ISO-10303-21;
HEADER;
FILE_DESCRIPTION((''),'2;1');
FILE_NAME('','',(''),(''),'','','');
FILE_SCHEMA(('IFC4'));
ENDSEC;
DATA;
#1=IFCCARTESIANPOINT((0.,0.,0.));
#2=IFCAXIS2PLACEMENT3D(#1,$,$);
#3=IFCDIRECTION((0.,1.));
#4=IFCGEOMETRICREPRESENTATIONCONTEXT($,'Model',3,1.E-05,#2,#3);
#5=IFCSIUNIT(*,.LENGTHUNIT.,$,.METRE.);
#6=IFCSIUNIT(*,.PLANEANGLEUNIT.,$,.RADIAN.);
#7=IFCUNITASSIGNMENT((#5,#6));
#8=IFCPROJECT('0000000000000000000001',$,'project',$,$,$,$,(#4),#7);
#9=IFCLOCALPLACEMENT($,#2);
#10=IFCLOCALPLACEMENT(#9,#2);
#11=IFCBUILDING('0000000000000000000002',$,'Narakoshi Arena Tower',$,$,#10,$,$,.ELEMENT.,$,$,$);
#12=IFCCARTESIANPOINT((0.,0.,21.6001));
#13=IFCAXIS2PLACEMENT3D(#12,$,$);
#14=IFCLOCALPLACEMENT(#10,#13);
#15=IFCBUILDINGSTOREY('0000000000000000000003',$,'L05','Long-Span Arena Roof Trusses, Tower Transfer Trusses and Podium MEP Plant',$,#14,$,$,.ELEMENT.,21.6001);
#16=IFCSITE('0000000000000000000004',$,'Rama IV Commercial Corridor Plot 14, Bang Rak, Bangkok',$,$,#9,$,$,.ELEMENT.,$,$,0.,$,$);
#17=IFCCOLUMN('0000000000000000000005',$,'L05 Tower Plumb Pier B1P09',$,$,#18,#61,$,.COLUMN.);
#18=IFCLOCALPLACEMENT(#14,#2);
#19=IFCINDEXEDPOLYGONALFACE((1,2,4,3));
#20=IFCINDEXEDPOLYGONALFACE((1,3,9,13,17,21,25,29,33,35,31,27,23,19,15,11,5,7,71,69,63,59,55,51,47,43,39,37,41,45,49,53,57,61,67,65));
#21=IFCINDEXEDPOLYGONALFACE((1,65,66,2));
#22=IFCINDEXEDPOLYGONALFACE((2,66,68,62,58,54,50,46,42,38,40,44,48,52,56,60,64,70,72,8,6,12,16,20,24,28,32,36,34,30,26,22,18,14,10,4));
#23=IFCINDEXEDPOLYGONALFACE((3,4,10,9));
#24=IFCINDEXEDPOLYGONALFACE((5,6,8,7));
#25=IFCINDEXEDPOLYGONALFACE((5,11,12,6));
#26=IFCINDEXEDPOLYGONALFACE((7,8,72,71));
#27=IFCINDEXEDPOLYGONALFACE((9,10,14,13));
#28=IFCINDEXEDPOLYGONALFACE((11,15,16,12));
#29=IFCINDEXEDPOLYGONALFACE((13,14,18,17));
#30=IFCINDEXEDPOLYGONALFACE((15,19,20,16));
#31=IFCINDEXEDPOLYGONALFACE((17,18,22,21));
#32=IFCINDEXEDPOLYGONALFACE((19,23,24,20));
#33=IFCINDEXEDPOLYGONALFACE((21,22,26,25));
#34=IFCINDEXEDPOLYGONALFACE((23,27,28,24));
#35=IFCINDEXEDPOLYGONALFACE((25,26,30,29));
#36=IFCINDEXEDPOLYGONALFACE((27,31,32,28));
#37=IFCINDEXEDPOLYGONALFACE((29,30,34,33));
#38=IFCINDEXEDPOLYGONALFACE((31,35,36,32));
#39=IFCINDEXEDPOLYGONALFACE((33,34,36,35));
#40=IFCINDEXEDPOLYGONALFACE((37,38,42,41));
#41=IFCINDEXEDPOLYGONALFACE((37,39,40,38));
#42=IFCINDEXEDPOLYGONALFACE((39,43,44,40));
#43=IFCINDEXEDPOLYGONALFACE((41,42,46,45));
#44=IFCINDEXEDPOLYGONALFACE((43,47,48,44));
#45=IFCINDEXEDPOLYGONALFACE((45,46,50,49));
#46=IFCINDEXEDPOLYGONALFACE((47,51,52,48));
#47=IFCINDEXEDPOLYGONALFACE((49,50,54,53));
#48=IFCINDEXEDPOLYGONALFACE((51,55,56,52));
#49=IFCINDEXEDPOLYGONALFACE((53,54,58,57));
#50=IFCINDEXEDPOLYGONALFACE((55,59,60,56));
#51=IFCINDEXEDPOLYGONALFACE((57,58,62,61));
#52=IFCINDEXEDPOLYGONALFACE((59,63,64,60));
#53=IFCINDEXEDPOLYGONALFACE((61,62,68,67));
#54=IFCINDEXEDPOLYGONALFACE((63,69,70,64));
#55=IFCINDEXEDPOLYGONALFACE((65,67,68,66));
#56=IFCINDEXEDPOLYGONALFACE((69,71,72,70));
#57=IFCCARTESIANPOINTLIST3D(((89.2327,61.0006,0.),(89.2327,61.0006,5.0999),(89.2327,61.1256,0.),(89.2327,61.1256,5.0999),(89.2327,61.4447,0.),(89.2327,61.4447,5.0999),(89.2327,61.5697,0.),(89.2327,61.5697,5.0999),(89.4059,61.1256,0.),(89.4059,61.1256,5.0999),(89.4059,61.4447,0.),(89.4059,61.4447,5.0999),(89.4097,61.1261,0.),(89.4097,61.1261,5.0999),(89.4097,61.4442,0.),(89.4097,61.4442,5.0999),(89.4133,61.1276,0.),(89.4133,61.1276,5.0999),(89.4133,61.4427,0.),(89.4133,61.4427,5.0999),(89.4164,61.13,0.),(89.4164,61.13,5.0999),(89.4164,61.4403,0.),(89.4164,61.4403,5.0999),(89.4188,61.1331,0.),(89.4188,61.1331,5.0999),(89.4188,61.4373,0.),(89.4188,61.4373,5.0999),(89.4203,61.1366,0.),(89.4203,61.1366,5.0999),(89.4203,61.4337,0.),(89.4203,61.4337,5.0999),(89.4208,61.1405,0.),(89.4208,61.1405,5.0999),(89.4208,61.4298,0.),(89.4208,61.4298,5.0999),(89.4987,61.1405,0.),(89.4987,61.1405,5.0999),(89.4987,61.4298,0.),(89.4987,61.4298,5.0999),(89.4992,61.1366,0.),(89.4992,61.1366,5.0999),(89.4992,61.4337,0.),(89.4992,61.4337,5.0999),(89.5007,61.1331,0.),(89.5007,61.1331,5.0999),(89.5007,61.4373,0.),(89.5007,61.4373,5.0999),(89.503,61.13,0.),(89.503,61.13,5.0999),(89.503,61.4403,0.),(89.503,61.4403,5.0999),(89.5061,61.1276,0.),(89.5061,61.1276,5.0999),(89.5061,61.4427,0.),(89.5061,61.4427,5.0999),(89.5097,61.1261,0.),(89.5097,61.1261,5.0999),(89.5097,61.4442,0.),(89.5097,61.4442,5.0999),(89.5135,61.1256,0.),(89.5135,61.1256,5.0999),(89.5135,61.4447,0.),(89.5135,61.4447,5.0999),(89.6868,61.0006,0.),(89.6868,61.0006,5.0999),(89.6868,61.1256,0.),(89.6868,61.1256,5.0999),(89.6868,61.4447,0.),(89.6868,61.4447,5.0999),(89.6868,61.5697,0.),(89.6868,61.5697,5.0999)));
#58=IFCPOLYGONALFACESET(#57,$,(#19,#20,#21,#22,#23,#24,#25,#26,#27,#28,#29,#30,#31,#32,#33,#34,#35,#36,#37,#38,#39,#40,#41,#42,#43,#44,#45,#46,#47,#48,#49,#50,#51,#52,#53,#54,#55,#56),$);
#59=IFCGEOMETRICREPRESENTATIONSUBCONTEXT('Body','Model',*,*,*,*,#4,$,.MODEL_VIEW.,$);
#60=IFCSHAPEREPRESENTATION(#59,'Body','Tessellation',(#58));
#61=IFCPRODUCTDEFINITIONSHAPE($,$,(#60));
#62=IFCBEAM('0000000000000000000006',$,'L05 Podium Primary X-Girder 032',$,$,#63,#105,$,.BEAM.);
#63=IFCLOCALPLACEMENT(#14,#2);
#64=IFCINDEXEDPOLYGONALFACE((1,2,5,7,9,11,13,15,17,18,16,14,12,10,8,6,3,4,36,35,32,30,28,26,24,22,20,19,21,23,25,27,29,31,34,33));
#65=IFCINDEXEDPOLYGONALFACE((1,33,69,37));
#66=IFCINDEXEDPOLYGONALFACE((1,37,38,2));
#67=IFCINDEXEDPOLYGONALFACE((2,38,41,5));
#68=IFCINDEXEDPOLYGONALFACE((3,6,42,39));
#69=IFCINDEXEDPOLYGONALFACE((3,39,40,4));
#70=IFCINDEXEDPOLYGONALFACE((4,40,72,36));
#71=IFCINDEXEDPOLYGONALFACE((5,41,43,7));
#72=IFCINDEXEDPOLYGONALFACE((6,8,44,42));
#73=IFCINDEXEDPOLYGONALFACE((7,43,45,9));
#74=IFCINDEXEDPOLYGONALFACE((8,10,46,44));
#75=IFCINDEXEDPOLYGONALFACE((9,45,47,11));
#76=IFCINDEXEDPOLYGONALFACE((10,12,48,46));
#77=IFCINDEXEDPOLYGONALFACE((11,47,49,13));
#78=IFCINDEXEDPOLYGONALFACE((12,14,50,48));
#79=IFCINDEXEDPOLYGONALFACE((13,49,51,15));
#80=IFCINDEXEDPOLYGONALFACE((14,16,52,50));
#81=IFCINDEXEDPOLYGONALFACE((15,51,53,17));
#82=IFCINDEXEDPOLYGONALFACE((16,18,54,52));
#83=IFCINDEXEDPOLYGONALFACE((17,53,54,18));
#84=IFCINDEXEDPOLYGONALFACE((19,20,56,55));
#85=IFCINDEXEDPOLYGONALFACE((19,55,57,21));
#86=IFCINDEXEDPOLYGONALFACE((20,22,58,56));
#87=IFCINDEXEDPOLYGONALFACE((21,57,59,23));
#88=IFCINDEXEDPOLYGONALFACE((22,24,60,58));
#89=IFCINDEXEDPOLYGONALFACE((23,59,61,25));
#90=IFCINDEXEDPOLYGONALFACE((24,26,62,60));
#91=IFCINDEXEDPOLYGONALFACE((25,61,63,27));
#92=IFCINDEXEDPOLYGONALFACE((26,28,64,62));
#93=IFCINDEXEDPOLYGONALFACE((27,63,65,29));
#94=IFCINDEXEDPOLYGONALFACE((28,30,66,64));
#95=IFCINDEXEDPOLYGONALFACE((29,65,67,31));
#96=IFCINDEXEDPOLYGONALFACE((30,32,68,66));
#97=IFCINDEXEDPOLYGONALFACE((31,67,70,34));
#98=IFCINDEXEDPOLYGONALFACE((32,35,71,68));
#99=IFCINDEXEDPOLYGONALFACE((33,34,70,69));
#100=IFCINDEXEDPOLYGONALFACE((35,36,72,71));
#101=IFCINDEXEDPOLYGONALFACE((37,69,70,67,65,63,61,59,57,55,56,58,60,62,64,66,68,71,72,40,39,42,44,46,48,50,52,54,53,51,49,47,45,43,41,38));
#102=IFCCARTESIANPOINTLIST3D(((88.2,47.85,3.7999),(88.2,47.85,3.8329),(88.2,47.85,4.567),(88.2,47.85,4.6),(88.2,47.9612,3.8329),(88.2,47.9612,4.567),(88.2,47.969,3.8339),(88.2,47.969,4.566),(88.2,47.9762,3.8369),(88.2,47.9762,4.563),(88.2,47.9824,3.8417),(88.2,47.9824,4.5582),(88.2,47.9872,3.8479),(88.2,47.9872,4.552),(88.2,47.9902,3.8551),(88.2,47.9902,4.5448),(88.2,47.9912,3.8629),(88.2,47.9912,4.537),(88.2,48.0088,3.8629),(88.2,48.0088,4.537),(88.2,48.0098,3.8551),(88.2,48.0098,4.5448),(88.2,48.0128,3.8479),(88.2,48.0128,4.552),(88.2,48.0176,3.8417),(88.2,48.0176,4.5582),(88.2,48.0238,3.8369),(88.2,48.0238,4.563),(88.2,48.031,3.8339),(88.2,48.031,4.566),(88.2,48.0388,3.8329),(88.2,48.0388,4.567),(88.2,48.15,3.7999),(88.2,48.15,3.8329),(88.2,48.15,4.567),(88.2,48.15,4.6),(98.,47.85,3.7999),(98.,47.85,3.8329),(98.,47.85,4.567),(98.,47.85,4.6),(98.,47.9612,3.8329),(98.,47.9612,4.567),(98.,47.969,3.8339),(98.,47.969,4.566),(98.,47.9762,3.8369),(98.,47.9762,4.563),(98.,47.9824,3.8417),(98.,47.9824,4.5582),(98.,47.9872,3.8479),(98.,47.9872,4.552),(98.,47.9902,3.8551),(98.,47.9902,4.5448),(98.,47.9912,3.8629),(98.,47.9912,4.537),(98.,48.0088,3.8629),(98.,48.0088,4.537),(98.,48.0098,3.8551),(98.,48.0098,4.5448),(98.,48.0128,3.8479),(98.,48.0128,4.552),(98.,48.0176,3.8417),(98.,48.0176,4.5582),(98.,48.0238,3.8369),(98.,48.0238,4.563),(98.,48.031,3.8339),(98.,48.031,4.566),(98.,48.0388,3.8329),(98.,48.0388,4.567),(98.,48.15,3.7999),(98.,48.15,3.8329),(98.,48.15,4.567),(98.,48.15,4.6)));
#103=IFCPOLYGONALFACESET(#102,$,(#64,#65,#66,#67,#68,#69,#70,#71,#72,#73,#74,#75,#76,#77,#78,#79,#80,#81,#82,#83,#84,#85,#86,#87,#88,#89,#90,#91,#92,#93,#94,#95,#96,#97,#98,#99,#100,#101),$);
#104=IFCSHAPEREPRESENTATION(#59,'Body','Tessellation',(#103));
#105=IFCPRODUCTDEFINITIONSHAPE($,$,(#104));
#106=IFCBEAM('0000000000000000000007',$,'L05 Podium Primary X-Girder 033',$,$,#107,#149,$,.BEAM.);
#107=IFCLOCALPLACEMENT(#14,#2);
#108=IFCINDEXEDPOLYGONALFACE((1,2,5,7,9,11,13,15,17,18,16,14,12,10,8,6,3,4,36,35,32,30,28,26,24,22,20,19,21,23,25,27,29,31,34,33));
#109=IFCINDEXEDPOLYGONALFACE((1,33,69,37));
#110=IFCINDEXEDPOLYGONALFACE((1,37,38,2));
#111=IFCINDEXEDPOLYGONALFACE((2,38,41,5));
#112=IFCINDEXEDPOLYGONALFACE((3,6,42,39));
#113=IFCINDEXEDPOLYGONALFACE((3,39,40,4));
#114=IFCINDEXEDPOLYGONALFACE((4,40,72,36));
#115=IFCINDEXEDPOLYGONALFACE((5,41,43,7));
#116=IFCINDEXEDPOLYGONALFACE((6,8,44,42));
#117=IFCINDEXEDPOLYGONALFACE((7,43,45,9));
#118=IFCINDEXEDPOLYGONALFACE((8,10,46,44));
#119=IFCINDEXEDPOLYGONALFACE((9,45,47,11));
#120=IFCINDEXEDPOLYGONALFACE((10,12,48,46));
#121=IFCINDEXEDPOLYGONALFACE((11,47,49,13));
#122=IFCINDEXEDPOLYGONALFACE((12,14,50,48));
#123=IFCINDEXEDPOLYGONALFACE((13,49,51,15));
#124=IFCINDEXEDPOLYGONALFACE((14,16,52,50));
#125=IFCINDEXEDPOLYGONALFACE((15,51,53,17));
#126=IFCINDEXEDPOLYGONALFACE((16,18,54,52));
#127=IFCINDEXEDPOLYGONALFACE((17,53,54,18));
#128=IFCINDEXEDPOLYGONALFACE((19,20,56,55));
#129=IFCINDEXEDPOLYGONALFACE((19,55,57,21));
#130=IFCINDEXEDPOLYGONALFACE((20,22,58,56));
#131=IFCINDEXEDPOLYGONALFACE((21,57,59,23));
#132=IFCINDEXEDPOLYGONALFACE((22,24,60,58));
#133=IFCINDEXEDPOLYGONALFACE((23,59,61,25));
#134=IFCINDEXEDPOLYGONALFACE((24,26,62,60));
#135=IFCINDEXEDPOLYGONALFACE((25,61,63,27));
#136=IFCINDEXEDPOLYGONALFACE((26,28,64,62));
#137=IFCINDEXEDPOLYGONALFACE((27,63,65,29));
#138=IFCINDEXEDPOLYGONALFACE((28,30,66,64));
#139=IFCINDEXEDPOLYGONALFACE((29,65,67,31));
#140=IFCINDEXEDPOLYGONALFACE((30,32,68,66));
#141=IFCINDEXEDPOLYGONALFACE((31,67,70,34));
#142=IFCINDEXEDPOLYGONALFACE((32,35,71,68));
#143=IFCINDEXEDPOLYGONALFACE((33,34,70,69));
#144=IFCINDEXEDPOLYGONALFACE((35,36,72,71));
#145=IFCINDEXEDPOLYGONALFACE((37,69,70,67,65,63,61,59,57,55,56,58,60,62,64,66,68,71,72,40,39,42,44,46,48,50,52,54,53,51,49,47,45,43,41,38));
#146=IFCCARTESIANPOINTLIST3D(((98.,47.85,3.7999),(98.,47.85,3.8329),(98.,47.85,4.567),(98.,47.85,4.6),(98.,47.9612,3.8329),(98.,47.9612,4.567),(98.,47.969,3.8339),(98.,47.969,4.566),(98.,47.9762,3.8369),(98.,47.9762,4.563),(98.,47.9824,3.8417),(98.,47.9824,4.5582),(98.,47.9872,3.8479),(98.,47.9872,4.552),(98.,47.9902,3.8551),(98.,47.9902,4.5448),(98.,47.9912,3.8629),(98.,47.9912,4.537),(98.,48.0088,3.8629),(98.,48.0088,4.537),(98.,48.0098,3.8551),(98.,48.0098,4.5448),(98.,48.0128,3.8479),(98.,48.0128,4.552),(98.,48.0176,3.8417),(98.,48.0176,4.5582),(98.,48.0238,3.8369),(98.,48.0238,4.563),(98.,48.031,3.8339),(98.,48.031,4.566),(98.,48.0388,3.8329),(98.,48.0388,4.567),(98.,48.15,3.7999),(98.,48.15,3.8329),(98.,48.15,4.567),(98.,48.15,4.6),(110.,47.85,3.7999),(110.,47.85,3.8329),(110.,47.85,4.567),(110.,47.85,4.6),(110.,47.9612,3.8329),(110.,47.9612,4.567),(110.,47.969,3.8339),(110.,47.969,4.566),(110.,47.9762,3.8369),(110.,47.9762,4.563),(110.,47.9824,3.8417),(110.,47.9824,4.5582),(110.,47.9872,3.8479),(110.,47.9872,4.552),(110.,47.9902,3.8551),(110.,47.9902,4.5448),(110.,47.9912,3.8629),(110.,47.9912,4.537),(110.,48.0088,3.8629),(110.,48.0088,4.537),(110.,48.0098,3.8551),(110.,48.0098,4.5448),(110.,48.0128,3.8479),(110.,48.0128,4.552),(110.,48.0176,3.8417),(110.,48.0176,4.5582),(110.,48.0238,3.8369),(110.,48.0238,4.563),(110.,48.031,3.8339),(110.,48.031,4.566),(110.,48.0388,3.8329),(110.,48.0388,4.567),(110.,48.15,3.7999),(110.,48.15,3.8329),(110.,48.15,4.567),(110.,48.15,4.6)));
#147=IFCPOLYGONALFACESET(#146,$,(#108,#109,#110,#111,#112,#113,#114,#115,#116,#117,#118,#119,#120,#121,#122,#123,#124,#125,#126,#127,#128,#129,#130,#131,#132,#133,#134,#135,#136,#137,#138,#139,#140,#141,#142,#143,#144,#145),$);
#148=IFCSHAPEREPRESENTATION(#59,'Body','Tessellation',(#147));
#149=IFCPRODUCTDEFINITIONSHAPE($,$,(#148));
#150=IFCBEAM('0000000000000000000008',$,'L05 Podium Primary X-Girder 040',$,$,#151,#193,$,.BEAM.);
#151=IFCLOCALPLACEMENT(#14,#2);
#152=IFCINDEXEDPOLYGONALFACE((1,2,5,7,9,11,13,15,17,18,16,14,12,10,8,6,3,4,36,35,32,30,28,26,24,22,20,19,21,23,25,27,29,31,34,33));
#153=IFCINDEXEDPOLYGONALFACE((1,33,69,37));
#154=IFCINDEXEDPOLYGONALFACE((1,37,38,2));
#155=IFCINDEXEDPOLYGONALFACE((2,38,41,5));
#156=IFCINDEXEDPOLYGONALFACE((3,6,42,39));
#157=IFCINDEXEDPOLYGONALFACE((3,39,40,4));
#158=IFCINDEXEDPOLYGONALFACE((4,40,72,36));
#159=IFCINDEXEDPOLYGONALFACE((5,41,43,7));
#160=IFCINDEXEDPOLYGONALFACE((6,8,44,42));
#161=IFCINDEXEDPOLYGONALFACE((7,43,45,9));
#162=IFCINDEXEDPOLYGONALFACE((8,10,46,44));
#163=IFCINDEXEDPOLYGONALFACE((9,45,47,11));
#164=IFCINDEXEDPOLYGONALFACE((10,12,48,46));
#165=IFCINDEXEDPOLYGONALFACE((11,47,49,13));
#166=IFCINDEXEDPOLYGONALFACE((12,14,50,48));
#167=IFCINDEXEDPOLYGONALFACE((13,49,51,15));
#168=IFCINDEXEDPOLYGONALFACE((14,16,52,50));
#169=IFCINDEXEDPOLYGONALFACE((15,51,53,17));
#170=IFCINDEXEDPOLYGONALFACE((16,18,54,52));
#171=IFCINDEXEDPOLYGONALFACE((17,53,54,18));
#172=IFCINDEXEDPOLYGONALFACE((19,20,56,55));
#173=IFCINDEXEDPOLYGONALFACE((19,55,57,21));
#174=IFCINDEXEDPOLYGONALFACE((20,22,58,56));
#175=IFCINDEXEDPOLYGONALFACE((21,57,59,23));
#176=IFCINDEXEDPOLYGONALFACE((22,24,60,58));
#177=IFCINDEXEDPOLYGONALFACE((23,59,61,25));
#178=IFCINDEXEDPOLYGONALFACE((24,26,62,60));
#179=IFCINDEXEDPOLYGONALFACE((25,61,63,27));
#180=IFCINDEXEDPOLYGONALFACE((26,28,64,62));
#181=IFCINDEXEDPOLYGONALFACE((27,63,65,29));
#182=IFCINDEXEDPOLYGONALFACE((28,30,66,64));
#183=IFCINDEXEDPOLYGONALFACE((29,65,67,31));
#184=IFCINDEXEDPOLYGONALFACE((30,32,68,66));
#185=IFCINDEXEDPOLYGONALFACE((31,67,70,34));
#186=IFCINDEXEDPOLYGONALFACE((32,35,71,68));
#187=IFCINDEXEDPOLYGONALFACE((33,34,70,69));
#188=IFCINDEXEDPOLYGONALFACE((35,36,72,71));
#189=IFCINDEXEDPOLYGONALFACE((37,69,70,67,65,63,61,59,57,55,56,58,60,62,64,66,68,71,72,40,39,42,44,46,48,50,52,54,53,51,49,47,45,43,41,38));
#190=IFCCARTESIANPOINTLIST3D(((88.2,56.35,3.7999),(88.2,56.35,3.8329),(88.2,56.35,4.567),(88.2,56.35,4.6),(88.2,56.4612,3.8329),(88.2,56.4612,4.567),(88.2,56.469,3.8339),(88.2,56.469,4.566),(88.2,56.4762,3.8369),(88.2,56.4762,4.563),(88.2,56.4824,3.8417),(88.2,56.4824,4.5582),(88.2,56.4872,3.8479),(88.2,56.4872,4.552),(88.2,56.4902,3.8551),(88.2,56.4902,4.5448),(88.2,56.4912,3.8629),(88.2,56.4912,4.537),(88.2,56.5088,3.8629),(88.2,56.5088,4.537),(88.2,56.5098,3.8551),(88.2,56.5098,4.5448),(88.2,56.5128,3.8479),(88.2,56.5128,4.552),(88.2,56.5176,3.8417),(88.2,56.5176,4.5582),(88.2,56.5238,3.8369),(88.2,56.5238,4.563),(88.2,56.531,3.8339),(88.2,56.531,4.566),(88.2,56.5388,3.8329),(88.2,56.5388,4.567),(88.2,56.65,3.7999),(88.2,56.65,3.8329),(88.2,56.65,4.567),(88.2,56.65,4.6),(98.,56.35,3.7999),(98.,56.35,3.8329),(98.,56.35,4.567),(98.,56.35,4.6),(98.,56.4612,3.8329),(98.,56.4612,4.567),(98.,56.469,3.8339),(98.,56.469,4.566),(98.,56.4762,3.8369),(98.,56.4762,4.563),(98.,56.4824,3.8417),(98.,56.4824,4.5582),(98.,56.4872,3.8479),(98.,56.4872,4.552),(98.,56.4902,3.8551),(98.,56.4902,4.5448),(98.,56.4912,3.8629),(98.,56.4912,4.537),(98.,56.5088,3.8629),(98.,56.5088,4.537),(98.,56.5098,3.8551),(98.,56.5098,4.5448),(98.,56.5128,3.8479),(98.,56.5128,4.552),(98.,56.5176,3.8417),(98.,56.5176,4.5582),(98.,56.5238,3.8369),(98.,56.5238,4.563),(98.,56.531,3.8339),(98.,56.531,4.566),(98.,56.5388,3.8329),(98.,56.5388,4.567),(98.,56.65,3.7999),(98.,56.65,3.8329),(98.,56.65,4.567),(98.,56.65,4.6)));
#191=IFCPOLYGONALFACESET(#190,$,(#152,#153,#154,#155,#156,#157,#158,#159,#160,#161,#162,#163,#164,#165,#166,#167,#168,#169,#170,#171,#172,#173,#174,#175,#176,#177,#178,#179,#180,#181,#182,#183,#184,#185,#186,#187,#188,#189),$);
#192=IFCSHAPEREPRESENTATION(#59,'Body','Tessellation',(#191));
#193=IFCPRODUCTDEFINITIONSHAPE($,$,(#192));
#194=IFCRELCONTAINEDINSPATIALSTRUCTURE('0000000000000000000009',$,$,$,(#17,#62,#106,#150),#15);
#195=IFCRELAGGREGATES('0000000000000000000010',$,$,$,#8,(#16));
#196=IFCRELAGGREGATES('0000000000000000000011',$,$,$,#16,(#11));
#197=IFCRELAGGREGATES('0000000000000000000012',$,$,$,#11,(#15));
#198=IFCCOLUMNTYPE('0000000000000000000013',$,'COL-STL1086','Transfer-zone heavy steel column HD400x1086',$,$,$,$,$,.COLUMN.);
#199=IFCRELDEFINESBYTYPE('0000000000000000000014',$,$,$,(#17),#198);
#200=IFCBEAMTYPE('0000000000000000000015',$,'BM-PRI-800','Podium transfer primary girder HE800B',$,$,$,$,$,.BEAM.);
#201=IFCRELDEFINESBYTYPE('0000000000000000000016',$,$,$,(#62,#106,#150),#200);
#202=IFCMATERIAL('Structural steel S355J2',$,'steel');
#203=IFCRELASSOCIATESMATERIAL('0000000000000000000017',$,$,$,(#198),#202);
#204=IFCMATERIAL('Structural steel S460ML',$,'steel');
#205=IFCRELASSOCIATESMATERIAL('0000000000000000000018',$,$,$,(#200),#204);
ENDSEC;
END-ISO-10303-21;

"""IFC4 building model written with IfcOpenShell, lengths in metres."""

from ifc_helpers import new_model, si_unit, direction, frame, origin, origin_2d, place, context, subcontext, project, spatial, i_section, extrude, material, material_profile, profile_set, type_object, element, save


model = new_model("IFC4")

# Units and contexts
model_context = context("Model", 3, precision=1e-05, world=origin(), true_north=direction((0.0, 1.0)))
body_context = subcontext(model_context, "Body", "Model", "MODEL_VIEW")
ifc_project = project(units=[si_unit("LENGTHUNIT", "METRE"), si_unit("PLANEANGLEUNIT", "RADIAN")], contexts=[model_context])

# Site, building, storey
site_placement = place(None, origin())
site = spatial("IfcSite", under=ifc_project, at=site_placement, Name="Rama IV Commercial Corridor Plot 14, Bang Rak, Bangkok", CompositionType="ELEMENT", RefElevation=0.0)
building_placement = place(site_placement, origin())
building = spatial("IfcBuilding", under=site, at=building_placement, Name="Narakoshi Arena Tower", CompositionType="ELEMENT")
storey_placement = place(building_placement, frame((0.0, 0.0, 21.6001)))
storey = spatial("IfcBuildingStorey", under=building, at=storey_placement, Name="L05", Description="Long-Span Arena Roof Trusses, Tower Transfer Trusses and Podium MEP Plant", CompositionType="ELEMENT", Elevation=21.6001)

# Column
ifc_material_1 = material(Name="Structural steel S355J2", Category="steel")
ifc_material_profile_1 = material_profile(ifc_material_1, i_section(OverallWidth=0.4541, OverallDepth=0.5691, WebThickness=0.0779, FlangeThickness=0.125, FilletRadius=0.0149, at=origin_2d()), Name="HD400x1086")
ifc_profile_set_1 = profile_set([ifc_material_profile_1], Name="Structural steel S355J2")
column_type = type_object("IfcColumnType", Name="COL-STL1086", Description="Transfer-zone heavy steel column HD400x1086", PredefinedType="COLUMN", material=ifc_profile_set_1)
for number, where, z_axis, x_axis, name in (
    (1, (89.4597, 61.2852, 0.0), (0.0, 0.0, 1.0), (1.0, 0.0, 0.0), "L05 Tower Plumb Pier B1P09"),
):
    element("IfcColumn", number, at=place(storey_placement, frame(where, z_axis=z_axis, x_axis=x_axis)), inside=storey, type_object=column_type, Name=name, PredefinedType="COLUMN", context=body_context, shape_type="SweptSolid", body=[
        extrude(i_section(OverallWidth=0.4541, OverallDepth=0.5691, WebThickness=0.0779, FlangeThickness=0.125, FilletRadius=0.0149, at=origin_2d()), origin(), (0.0, 0.0, 1.0), 5.0999),
    ])

# Beams
ifc_material_2 = material(Name="Structural steel S460ML", Category="steel")
ifc_material_profile_2 = material_profile(ifc_material_2, i_section(OverallWidth=0.3, OverallDepth=0.8, WebThickness=0.0176, FlangeThickness=0.033, FilletRadius=0.03, at=origin_2d()), Name="HE800B")
ifc_profile_set_2 = profile_set([ifc_material_profile_2], Name="Structural steel S460ML")
beam_type_1 = type_object("IfcBeamType", Name="BM-PRI-800", Description="Podium transfer primary girder HE800B", PredefinedType="BEAM", material=ifc_profile_set_2)
beam_1_placement = place(storey_placement, frame((88.2, 48.0, 4.2), z_axis=(1.0, 0.0, 0.0), x_axis=(0.0, 1.0, 0.0)))
element("IfcBeam", 2, at=beam_1_placement, inside=storey, type_object=beam_type_1, Name="L05 Podium Primary X-Girder 032", PredefinedType="BEAM", context=body_context, shape_type="SweptSolid", body=[
    extrude(i_section(OverallWidth=0.3, OverallDepth=0.8, WebThickness=0.0176, FlangeThickness=0.033, FilletRadius=0.03, at=origin_2d()), origin(), (0.0, 0.0, 1.0), 9.8),
])
beam_2_placement = place(storey_placement, frame((98.0, 48.0, 4.2), z_axis=(1.0, 0.0, 0.0), x_axis=(0.0, 1.0, 0.0)))
element("IfcBeam", 3, at=beam_2_placement, inside=storey, type_object=beam_type_1, Name="L05 Podium Primary X-Girder 033", PredefinedType="BEAM", context=body_context, shape_type="SweptSolid", body=[
    extrude(i_section(OverallWidth=0.3, OverallDepth=0.8, WebThickness=0.0176, FlangeThickness=0.033, FilletRadius=0.03, at=origin_2d()), origin(), (0.0, 0.0, 1.0), 12.0),
])
beam_3_placement = place(storey_placement, frame((88.2, 56.5, 4.2), z_axis=(1.0, 0.0, 0.0), x_axis=(0.0, 1.0, 0.0)))
element("IfcBeam", 4, at=beam_3_placement, inside=storey, type_object=beam_type_1, Name="L05 Podium Primary X-Girder 040", PredefinedType="BEAM", context=body_context, shape_type="SweptSolid", body=[
    extrude(i_section(OverallWidth=0.3, OverallDepth=0.8, WebThickness=0.0176, FlangeThickness=0.033, FilletRadius=0.03, at=origin_2d()), origin(), (0.0, 0.0, 1.0), 9.8),
])

save(model, "model.ifc")
